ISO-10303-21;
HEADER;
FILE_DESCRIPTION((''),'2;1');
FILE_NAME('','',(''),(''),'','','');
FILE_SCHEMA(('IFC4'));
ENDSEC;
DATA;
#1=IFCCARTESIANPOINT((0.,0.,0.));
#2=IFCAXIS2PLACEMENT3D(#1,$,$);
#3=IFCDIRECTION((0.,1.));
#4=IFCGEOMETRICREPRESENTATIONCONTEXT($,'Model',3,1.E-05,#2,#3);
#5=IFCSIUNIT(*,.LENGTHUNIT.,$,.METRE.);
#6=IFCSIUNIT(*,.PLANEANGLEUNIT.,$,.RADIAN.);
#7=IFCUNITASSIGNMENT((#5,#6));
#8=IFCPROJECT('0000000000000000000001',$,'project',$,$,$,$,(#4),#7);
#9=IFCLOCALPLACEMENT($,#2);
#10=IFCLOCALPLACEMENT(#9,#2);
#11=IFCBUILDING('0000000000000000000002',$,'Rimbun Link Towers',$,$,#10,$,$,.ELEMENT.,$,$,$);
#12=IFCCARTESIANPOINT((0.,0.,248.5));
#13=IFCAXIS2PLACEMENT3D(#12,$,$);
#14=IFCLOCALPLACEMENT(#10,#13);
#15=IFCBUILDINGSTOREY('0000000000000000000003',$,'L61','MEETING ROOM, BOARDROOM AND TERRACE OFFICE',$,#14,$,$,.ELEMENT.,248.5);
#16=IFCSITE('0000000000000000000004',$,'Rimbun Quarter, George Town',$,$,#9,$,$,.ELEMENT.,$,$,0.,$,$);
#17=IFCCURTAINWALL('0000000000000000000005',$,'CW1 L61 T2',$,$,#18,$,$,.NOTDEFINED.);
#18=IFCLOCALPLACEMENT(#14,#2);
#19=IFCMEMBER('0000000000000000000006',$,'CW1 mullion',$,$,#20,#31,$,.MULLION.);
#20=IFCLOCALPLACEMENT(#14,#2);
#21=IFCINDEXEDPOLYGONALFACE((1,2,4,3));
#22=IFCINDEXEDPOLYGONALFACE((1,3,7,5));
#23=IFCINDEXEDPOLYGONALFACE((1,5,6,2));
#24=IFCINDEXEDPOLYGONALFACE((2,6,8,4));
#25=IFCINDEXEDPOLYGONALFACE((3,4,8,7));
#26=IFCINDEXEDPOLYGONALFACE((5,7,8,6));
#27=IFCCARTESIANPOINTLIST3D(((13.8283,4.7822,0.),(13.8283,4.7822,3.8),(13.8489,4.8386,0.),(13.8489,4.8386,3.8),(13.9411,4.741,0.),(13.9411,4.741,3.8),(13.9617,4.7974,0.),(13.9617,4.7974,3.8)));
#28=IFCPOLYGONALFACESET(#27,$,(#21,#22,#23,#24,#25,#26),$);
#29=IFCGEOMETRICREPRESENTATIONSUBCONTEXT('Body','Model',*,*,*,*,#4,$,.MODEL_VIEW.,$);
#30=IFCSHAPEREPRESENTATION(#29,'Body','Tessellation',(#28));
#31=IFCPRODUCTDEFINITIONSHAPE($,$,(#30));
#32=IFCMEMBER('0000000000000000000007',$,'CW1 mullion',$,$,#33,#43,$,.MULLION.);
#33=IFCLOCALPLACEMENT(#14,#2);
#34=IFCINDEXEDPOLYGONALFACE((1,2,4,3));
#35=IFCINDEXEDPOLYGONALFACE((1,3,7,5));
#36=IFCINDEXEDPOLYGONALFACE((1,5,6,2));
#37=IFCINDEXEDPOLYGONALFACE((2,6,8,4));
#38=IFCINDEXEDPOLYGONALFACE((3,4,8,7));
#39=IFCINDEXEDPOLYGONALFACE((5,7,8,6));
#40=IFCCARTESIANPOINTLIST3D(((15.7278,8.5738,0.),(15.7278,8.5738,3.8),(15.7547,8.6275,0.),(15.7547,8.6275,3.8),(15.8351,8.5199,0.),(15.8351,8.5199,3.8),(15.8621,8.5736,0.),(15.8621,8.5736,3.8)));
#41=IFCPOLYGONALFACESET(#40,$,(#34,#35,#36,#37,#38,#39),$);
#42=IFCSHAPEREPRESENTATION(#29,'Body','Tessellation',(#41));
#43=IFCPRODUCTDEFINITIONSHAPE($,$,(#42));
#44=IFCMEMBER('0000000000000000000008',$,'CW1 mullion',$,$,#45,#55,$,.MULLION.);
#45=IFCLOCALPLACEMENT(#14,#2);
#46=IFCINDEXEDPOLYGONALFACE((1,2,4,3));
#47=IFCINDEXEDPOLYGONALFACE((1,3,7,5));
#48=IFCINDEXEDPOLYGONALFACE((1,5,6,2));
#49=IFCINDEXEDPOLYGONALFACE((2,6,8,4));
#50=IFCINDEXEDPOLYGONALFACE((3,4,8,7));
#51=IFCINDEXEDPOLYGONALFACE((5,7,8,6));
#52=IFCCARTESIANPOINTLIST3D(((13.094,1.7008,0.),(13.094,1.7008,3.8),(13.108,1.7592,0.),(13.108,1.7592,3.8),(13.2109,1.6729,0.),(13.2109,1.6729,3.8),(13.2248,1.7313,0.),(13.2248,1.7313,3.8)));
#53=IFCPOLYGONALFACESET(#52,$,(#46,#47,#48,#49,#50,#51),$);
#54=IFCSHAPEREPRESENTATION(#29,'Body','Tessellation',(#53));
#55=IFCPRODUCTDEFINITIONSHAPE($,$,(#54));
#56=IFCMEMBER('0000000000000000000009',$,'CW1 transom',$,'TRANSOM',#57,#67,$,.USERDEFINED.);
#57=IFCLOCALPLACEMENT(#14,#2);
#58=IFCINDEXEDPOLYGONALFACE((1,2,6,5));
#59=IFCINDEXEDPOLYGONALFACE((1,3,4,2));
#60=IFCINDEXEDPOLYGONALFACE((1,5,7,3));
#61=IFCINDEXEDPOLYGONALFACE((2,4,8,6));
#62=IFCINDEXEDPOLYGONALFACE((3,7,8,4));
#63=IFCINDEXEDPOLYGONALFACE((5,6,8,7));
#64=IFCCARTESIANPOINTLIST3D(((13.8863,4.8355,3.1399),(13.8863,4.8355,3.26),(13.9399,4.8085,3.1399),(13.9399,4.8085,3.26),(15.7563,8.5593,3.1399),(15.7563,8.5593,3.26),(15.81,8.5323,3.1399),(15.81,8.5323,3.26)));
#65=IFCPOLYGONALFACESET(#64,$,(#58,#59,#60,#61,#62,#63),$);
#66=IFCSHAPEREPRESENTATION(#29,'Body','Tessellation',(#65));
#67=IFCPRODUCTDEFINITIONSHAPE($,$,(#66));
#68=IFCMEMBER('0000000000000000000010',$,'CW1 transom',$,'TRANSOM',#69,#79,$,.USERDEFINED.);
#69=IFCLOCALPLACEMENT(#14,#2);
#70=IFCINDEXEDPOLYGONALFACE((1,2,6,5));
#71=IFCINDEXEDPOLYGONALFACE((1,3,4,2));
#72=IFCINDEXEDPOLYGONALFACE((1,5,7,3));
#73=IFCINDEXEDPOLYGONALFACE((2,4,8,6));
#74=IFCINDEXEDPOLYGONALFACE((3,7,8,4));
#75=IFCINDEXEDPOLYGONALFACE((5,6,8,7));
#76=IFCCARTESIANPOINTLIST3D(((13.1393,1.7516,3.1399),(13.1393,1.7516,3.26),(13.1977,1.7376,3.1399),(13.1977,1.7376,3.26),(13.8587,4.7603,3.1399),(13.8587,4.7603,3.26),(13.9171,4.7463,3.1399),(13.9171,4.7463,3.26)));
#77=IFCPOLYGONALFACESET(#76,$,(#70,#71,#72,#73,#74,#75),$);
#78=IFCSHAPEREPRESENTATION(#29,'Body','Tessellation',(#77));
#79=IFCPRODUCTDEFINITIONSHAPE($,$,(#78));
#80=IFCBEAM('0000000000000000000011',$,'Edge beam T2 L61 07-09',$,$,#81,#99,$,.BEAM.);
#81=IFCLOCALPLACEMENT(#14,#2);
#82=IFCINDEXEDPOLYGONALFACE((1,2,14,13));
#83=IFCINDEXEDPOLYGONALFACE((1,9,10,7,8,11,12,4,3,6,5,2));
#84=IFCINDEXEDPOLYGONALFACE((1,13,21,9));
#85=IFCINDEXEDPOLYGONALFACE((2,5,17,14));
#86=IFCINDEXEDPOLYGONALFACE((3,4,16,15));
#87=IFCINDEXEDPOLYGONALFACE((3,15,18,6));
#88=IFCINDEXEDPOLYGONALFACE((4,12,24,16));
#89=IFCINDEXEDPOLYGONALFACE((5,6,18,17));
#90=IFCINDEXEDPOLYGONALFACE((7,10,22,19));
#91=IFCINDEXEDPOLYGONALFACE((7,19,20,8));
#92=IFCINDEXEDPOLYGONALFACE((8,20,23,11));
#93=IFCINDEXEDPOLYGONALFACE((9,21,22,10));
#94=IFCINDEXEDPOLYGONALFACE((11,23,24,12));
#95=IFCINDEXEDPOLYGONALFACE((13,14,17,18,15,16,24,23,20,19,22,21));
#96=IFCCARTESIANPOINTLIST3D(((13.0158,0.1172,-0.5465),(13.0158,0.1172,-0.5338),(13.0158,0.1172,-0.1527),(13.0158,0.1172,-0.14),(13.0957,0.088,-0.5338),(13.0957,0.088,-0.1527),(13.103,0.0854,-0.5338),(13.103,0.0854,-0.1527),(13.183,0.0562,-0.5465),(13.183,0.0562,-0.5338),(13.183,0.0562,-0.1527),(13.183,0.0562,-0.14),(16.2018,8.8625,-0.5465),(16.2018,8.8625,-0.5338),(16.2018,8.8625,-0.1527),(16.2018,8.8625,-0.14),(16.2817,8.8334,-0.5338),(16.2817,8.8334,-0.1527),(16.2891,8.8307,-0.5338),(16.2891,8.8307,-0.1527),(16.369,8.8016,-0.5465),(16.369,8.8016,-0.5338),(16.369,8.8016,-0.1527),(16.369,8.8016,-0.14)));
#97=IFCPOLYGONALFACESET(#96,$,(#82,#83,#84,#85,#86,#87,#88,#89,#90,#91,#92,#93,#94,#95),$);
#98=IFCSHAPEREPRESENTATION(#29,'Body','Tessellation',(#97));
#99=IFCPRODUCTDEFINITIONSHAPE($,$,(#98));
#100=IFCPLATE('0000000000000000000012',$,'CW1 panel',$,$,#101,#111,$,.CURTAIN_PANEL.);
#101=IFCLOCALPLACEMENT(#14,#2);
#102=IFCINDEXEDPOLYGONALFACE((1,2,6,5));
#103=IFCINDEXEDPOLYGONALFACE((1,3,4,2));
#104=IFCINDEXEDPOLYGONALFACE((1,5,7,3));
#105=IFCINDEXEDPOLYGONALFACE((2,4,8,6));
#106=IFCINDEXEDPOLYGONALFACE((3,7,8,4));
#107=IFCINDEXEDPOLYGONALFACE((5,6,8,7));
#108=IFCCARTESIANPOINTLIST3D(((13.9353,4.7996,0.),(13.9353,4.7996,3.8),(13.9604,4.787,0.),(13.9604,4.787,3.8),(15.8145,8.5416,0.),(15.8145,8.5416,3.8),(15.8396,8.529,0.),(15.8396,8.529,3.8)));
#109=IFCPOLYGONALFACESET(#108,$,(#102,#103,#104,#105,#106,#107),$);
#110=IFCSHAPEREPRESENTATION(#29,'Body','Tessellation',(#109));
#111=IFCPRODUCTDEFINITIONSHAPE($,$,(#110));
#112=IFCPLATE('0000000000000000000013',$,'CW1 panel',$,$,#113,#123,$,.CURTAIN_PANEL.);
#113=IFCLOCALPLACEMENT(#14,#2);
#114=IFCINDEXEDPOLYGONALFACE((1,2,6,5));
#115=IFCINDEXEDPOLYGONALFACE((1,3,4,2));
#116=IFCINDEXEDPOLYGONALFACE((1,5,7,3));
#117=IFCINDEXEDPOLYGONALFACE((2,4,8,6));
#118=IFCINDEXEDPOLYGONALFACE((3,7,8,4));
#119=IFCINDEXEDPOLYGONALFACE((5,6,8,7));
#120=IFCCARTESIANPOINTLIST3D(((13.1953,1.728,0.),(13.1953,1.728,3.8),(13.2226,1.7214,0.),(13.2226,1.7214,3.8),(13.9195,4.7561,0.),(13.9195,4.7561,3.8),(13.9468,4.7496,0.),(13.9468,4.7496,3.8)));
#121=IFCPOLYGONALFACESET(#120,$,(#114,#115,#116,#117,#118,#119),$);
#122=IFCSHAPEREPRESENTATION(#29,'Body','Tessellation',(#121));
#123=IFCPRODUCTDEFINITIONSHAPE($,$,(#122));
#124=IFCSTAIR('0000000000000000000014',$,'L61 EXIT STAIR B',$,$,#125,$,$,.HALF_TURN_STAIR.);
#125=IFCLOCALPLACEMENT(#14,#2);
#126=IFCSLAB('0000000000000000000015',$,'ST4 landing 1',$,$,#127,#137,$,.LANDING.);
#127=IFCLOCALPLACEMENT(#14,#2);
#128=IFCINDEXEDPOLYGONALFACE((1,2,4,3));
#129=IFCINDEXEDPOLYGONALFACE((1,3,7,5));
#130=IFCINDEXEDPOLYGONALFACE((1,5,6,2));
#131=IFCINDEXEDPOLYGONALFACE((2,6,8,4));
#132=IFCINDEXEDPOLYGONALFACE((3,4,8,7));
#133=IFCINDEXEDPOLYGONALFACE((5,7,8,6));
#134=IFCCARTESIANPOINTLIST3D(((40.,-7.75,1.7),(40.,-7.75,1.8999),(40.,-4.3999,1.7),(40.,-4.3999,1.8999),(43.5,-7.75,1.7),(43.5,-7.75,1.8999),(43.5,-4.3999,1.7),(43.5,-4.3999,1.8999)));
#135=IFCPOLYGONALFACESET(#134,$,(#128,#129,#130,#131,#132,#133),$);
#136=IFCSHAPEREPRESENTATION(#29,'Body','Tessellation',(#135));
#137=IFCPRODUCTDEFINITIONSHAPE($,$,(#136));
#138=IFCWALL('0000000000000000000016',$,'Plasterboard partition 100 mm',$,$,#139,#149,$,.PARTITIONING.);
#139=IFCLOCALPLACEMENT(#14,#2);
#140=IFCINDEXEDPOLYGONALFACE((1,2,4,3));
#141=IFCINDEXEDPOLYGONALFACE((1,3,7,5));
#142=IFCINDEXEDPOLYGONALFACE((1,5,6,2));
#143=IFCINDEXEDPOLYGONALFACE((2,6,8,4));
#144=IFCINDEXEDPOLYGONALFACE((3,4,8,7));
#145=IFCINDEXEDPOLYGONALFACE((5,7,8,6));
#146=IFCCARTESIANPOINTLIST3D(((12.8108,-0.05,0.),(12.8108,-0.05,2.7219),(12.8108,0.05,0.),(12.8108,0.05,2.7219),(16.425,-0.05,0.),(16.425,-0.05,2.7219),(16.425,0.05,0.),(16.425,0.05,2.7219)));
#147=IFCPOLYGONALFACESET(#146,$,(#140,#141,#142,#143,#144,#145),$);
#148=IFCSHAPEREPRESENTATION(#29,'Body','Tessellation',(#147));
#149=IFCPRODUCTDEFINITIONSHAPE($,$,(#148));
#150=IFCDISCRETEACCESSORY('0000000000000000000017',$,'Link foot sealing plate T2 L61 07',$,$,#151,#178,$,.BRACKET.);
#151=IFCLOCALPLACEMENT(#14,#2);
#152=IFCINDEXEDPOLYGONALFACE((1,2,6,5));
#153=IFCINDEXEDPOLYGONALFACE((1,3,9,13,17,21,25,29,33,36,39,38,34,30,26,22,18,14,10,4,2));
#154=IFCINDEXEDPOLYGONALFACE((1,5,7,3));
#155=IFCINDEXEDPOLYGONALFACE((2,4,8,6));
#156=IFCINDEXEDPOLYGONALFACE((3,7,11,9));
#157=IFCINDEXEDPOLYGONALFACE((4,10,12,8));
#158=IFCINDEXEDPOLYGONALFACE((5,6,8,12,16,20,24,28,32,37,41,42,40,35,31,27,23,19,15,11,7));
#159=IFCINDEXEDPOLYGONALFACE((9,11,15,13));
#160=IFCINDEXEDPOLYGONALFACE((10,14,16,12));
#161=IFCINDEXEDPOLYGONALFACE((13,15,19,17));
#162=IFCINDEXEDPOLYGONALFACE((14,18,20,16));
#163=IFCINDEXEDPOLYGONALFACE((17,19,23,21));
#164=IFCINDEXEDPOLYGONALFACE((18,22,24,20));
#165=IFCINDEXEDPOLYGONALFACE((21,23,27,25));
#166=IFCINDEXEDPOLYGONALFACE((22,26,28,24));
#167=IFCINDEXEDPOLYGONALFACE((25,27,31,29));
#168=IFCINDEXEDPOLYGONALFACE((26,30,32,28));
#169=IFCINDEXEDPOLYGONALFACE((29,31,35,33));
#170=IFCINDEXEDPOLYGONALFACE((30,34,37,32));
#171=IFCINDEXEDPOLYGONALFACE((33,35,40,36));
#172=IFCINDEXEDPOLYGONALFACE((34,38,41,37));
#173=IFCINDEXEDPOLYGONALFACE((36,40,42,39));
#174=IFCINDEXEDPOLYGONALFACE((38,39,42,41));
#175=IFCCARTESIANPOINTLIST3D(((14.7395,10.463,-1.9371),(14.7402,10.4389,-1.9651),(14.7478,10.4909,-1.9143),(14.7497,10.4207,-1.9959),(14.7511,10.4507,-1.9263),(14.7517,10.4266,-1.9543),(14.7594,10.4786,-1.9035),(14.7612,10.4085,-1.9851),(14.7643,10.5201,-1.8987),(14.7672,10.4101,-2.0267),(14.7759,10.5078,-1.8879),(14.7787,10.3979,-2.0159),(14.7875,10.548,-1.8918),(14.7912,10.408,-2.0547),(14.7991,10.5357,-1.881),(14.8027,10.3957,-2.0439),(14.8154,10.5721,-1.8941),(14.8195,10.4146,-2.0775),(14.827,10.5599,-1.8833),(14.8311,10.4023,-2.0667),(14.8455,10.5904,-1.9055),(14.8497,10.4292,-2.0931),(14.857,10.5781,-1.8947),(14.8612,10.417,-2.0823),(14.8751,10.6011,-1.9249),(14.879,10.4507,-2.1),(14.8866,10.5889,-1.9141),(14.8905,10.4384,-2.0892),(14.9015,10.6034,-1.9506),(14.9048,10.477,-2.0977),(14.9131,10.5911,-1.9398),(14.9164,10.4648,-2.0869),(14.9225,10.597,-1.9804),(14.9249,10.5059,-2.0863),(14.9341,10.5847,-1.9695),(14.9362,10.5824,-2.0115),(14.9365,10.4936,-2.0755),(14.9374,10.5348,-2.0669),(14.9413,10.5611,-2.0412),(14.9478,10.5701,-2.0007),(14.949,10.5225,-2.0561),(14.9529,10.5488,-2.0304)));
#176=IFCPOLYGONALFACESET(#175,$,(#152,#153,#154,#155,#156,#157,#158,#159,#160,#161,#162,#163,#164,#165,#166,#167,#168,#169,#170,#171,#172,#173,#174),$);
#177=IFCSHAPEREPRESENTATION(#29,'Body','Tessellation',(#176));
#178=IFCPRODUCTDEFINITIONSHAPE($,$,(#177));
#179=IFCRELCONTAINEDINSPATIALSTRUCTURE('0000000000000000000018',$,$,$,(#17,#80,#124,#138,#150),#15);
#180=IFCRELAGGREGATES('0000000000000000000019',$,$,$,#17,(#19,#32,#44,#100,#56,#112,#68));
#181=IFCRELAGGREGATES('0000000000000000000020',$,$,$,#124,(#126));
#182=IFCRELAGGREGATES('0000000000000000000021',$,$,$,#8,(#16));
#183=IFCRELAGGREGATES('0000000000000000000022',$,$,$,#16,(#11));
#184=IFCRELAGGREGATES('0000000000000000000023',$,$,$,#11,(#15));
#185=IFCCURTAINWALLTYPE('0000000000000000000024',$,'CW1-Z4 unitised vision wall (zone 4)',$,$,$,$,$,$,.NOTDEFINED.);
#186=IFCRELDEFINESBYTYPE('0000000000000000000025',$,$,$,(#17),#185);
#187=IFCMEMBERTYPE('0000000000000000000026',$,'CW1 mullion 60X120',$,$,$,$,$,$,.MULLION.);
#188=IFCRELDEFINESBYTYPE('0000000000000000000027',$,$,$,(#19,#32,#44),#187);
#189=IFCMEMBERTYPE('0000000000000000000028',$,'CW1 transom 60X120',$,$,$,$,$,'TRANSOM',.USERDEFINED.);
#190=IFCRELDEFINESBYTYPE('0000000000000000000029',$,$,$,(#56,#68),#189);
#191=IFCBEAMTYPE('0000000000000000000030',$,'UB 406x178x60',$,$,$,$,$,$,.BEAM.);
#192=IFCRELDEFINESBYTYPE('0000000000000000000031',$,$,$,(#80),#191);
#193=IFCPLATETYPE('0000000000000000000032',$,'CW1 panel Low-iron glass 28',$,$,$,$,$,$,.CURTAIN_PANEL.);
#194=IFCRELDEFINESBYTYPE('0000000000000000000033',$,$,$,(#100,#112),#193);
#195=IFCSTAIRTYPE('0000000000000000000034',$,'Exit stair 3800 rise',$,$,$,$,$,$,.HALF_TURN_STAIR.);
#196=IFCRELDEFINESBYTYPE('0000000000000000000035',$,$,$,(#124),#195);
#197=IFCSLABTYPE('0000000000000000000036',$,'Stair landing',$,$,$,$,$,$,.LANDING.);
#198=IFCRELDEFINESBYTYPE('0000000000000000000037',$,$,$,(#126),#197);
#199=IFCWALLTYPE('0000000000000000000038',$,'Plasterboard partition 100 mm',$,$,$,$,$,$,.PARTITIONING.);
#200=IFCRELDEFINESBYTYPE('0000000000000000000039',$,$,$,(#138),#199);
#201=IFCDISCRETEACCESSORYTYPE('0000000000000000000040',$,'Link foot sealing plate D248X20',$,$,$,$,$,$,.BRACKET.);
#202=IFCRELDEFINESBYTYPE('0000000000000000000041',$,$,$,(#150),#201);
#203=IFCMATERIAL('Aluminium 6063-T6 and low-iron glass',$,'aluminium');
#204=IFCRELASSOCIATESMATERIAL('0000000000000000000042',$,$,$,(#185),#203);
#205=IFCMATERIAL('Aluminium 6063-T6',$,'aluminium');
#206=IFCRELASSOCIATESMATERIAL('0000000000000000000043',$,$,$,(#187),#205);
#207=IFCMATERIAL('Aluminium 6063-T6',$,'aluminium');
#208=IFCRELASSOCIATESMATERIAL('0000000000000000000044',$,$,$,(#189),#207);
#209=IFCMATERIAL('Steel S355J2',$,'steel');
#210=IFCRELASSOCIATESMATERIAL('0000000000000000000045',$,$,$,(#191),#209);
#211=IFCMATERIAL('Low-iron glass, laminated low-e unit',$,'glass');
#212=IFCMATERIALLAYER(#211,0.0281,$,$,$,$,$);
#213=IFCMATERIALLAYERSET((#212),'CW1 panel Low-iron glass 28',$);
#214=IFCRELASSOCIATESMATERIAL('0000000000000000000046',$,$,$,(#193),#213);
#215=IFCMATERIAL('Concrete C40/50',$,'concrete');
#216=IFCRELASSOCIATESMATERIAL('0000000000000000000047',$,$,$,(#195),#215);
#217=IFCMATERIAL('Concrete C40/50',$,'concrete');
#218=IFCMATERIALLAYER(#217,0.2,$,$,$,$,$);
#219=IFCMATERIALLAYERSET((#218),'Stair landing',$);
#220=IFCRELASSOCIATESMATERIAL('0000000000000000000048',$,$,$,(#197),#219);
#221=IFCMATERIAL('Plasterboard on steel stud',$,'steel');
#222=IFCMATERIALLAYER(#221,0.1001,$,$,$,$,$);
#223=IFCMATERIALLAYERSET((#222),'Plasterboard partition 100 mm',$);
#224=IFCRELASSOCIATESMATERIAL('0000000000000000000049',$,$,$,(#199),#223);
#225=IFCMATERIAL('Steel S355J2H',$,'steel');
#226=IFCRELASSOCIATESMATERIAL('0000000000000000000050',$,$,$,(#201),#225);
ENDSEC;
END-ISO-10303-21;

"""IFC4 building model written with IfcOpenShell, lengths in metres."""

from ifc_helpers import new_model, si_unit, direction, frame, frame_2d, origin, origin_2d, place, context, subcontext, project, spatial, polyline, rectangle, circle, i_section, outline, extrude, material, layer, layer_set, material_profile, profile_set, type_object, element, aggregate, save


model = new_model("IFC4")

# Units and contexts
model_context = context("Model", 3, precision=1e-05, world=origin(), true_north=direction((0.0, 1.0)))
body_context = subcontext(model_context, "Body", "Model", "MODEL_VIEW")
ifc_project = project(units=[si_unit("LENGTHUNIT", "METRE"), si_unit("PLANEANGLEUNIT", "RADIAN")], contexts=[model_context])

# Site, building, storey
site_placement = place(None, origin())
site = spatial("IfcSite", under=ifc_project, at=site_placement, Name="Rimbun Quarter, George Town", CompositionType="ELEMENT", RefElevation=0.0)
building_placement = place(site_placement, origin())
building = spatial("IfcBuilding", under=site, at=building_placement, Name="Rimbun Link Towers", CompositionType="ELEMENT")
storey_placement = place(building_placement, frame((0.0, 0.0, 248.5)))
storey = spatial("IfcBuildingStorey", under=building, at=storey_placement, Name="L61", Description="MEETING ROOM, BOARDROOM AND TERRACE OFFICE", CompositionType="ELEMENT", Elevation=248.5)

# Curtain wall, members
ifc_material_1 = material(Name="Aluminium 6063-T6 and low-iron glass", Category="aluminium")
curtain_wall_type = type_object("IfcCurtainWallType", Name="CW1-Z4 unitised vision wall (zone 4)", PredefinedType="NOTDEFINED", material=ifc_material_1)
curtain_wall_placement = place(storey_placement, origin())
curtain_wall = element("IfcCurtainWall", 1, at=curtain_wall_placement, inside=storey, type_object=curtain_wall_type, Name="CW1 L61 T2", PredefinedType="NOTDEFINED")
ifc_material_2 = material(Name="Aluminium 6063-T6", Category="aluminium")
ifc_material_profile_1 = material_profile(ifc_material_2, rectangle(XDim=0.1201, YDim=0.0601, at=origin_2d()), Name="MULLION 60X120")
ifc_profile_set_1 = profile_set([ifc_material_profile_1], Name="Aluminium 6063-T6")
member_type_1 = type_object("IfcMemberType", Name="CW1 mullion 60X120", PredefinedType="MULLION", material=ifc_profile_set_1)
member_1_placement = place(storey_placement, frame((13.895, 4.7898, 0.0), z_axis=(0.0, 0.0, 1.0), x_axis=(-0.939348, 0.342965, 0.0)))
member_1 = element("IfcMember", 2, at=member_1_placement, type_object=member_type_1, Name="CW1 mullion", PredefinedType="MULLION", context=body_context, shape_type="SweptSolid", body=[
    extrude(rectangle(XDim=0.1201, YDim=0.0601, at=origin_2d()), origin(), (0.0, 0.0, 1.0), 3.8),
])
member_2_placement = place(storey_placement, frame((15.7949, 8.5737, 0.0), z_axis=(0.0, 0.0, 1.0), x_axis=(-0.893647, 0.44877, 0.0)))
member_2 = element("IfcMember", 3, at=member_2_placement, type_object=member_type_1, Name="CW1 mullion", PredefinedType="MULLION", context=body_context, shape_type="SweptSolid", body=[
    extrude(rectangle(XDim=0.1201, YDim=0.0601, at=origin_2d()), origin(), (0.0, 0.0, 1.0), 3.8),
])
member_3_placement = place(storey_placement, frame((13.1594, 1.7161, 0.0), z_axis=(0.0, 0.0, 1.0), x_axis=(-0.972571, 0.232605, 0.0)))
member_3 = element("IfcMember", 4, at=member_3_placement, type_object=member_type_1, Name="CW1 mullion", PredefinedType="MULLION", context=body_context, shape_type="SweptSolid", body=[
    extrude(rectangle(XDim=0.1201, YDim=0.0601, at=origin_2d()), origin(), (0.0, 0.0, 1.0), 3.8),
])
ifc_material_3 = material(Name="Aluminium 6063-T6", Category="aluminium")
ifc_material_profile_2 = material_profile(ifc_material_3, rectangle(XDim=0.0601, YDim=0.1201, at=origin_2d()), Name="TRANSOM 60X120")
ifc_profile_set_2 = profile_set([ifc_material_profile_2], Name="Aluminium 6063-T6")
member_type_2 = type_object("IfcMemberType", Name="CW1 transom 60X120", ElementType="TRANSOM", PredefinedType="USERDEFINED", material=ifc_profile_set_2)
member_4_placement = place(storey_placement, frame((13.9131, 4.822, 3.2), z_axis=(0.448783, 0.893641, 0.0), x_axis=(-0.893641, 0.448783, 0.0)))
member_4 = element("IfcMember", 5, at=member_4_placement, type_object=member_type_2, Name="CW1 transom", ObjectType="TRANSOM", PredefinedType="USERDEFINED", context=body_context, shape_type="SweptSolid", body=[
    extrude(rectangle(XDim=0.0601, YDim=0.1201, at=origin_2d()), origin(), (0.0, 0.0, 1.0), 4.167),
])
member_5_placement = place(storey_placement, frame((13.1685, 1.7446, 3.2), z_axis=(0.23257, 0.97258, 0.0), x_axis=(-0.97258, 0.23257, 0.0)))
member_5 = element("IfcMember", 6, at=member_5_placement, type_object=member_type_2, Name="CW1 transom", ObjectType="TRANSOM", PredefinedType="USERDEFINED", context=body_context, shape_type="SweptSolid", body=[
    extrude(rectangle(XDim=0.0601, YDim=0.1201, at=origin_2d()), origin(), (0.0, 0.0, 1.0), 3.0935),
])

# Beam
ifc_material_4 = material(Name="Steel S355J2", Category="steel")
ifc_material_profile_3 = material_profile(ifc_material_4, i_section(OverallWidth=0.178, OverallDepth=0.4065, WebThickness=0.0078, FlangeThickness=0.0127, at=origin_2d()), Name="UB 406x178x60")
ifc_profile_set_3 = profile_set([ifc_material_profile_3], Name="Steel S355J2")
beam_type = type_object("IfcBeamType", Name="UB 406x178x60", PredefinedType="BEAM", material=ifc_profile_set_3)
beam_placement = place(storey_placement, frame((16.2854, 8.832, -0.3433), z_axis=(-0.342303, -0.93959, 0.0), x_axis=(0.93959, -0.342303, 0.0)))
element("IfcBeam", 7, at=beam_placement, inside=storey, type_object=beam_type, Name="Edge beam T2 L61 07-09", PredefinedType="BEAM", context=body_context, shape_type="SweptSolid", body=[
    extrude(i_section(OverallWidth=0.178, OverallDepth=0.4065, WebThickness=0.0078, FlangeThickness=0.0127, at=origin_2d()), origin(), (0.0, 0.0, 1.0), 9.3076),
])

# Plates
ifc_material_5 = material(Name="Low-iron glass, laminated low-e unit", Category="glass")
ifc_layer_1 = layer(ifc_material_5, 0.0281)
ifc_layer_set_1 = layer_set([ifc_layer_1], Name="CW1 panel Low-iron glass 28")
plate_type = type_object("IfcPlateType", Name="CW1 panel Low-iron glass 28", PredefinedType="CURTAIN_PANEL", material=ifc_layer_set_1)
plate_1_placement = place(storey_placement, frame((14.8875, 6.6643, 0.0), z_axis=(0.0, 0.0, 1.0), x_axis=(0.44877, 0.893647, 0.0)))
plate_1 = element("IfcPlate", 8, at=plate_1_placement, type_object=plate_type, Name="CW1 panel", PredefinedType="CURTAIN_PANEL", context=body_context, shape_type="SweptSolid", body=[
    extrude(rectangle(XDim=4.1873, YDim=0.0281, at=origin_2d()), origin(), (0.0, 0.0, 1.0), 3.8),
])
plate_2_placement = place(storey_placement, frame((13.571, 3.2388, 0.0), z_axis=(0.0, 0.0, 1.0), x_axis=(0.232605, 0.972571, 0.0)))
plate_2 = element("IfcPlate", 9, at=plate_2_placement, type_object=plate_type, Name="CW1 panel", PredefinedType="CURTAIN_PANEL", context=body_context, shape_type="SweptSolid", body=[
    extrude(rectangle(XDim=3.1135, YDim=0.0281, at=origin_2d()), origin(), (0.0, 0.0, 1.0), 3.8),
])
aggregate(curtain_wall, [member_1, member_2, member_3, plate_1, member_4, plate_2, member_5])

# Stair, slab
ifc_material_6 = material(Name="Concrete C40/50", Category="concrete")
stair_type = type_object("IfcStairType", Name="Exit stair 3800 rise", PredefinedType="HALF_TURN_STAIR", material=ifc_material_6)
stair_placement = place(storey_placement, origin())
stair = element("IfcStair", 10, at=stair_placement, inside=storey, type_object=stair_type, Name="L61 EXIT STAIR B", PredefinedType="HALF_TURN_STAIR")
ifc_material_7 = material(Name="Concrete C40/50", Category="concrete")
ifc_layer_2 = layer(ifc_material_7, 0.2)
ifc_layer_set_2 = layer_set([ifc_layer_2], Name="Stair landing")
slab_type = type_object("IfcSlabType", Name="Stair landing", PredefinedType="LANDING", material=ifc_layer_set_2)
slab_placement = place(storey_placement, frame((0.0, 0.0, 1.7)))
slab = element("IfcSlab", 11, at=slab_placement, type_object=slab_type, Name="ST4 landing 1", PredefinedType="LANDING", context=body_context, shape_type="SweptSolid", body=[
    extrude(outline(polyline([(40.0, -7.75), (43.5, -7.75), (43.5, -4.3999), (40.0, -4.3999), (40.0, -7.75)])), origin(), (0.0, 0.0, 1.0), 0.2),
])
aggregate(stair, [slab])

# Wall
ifc_material_8 = material(Name="Plasterboard on steel stud", Category="steel")
ifc_layer_3 = layer(ifc_material_8, 0.1001)
ifc_layer_set_3 = layer_set([ifc_layer_3], Name="Plasterboard partition 100 mm")
wall_type = type_object("IfcWallType", Name="Plasterboard partition 100 mm", PredefinedType="PARTITIONING", material=ifc_layer_set_3)
wall_placement = place(storey_placement, frame((12.8108, 0.0, 0.0), z_axis=(0.0, 0.0, 1.0), x_axis=(1.0, 0.0, 0.0)))
element("IfcWall", 12, at=wall_placement, inside=storey, type_object=wall_type, Name="Plasterboard partition 100 mm", PredefinedType="PARTITIONING", context=body_context, shape_type="SweptSolid", body=[
    extrude(rectangle(XDim=3.6143, YDim=0.1001, at=frame_2d((1.8071, 0.0))), origin(), (0.0, 0.0, 1.0), 2.7219),
])

# Discrete accessory
ifc_material_9 = material(Name="Steel S355J2H", Category="steel")
ifc_material_profile_4 = material_profile(ifc_material_9, circle(Radius=0.124, at=origin_2d()), Name="PL D248")
ifc_profile_set_4 = profile_set([ifc_material_profile_4], Name="Steel S355J2H")
discrete_accessory_type = type_object("IfcDiscreteAccessoryType", Name="Link foot sealing plate D248X20", PredefinedType="BRACKET", material=ifc_profile_set_4)
for number, where, z_axis, x_axis, name in (
    (13, (14.8516, 10.4934, -1.9851), (-0.576568, 0.61337, -0.539766), (-0.728628, -0.68491, 0.0), "Link foot sealing plate T2 L61 07"),
):
    element("IfcDiscreteAccessory", number, at=place(storey_placement, frame(where, z_axis=z_axis, x_axis=x_axis)), inside=storey, type_object=discrete_accessory_type, Name=name, PredefinedType="BRACKET", context=body_context, shape_type="SweptSolid", body=[
        extrude(circle(Radius=0.124, at=origin_2d()), origin(), (0.0, 0.0, 1.0), 0.02),
    ])

save(model, "model.ifc")
